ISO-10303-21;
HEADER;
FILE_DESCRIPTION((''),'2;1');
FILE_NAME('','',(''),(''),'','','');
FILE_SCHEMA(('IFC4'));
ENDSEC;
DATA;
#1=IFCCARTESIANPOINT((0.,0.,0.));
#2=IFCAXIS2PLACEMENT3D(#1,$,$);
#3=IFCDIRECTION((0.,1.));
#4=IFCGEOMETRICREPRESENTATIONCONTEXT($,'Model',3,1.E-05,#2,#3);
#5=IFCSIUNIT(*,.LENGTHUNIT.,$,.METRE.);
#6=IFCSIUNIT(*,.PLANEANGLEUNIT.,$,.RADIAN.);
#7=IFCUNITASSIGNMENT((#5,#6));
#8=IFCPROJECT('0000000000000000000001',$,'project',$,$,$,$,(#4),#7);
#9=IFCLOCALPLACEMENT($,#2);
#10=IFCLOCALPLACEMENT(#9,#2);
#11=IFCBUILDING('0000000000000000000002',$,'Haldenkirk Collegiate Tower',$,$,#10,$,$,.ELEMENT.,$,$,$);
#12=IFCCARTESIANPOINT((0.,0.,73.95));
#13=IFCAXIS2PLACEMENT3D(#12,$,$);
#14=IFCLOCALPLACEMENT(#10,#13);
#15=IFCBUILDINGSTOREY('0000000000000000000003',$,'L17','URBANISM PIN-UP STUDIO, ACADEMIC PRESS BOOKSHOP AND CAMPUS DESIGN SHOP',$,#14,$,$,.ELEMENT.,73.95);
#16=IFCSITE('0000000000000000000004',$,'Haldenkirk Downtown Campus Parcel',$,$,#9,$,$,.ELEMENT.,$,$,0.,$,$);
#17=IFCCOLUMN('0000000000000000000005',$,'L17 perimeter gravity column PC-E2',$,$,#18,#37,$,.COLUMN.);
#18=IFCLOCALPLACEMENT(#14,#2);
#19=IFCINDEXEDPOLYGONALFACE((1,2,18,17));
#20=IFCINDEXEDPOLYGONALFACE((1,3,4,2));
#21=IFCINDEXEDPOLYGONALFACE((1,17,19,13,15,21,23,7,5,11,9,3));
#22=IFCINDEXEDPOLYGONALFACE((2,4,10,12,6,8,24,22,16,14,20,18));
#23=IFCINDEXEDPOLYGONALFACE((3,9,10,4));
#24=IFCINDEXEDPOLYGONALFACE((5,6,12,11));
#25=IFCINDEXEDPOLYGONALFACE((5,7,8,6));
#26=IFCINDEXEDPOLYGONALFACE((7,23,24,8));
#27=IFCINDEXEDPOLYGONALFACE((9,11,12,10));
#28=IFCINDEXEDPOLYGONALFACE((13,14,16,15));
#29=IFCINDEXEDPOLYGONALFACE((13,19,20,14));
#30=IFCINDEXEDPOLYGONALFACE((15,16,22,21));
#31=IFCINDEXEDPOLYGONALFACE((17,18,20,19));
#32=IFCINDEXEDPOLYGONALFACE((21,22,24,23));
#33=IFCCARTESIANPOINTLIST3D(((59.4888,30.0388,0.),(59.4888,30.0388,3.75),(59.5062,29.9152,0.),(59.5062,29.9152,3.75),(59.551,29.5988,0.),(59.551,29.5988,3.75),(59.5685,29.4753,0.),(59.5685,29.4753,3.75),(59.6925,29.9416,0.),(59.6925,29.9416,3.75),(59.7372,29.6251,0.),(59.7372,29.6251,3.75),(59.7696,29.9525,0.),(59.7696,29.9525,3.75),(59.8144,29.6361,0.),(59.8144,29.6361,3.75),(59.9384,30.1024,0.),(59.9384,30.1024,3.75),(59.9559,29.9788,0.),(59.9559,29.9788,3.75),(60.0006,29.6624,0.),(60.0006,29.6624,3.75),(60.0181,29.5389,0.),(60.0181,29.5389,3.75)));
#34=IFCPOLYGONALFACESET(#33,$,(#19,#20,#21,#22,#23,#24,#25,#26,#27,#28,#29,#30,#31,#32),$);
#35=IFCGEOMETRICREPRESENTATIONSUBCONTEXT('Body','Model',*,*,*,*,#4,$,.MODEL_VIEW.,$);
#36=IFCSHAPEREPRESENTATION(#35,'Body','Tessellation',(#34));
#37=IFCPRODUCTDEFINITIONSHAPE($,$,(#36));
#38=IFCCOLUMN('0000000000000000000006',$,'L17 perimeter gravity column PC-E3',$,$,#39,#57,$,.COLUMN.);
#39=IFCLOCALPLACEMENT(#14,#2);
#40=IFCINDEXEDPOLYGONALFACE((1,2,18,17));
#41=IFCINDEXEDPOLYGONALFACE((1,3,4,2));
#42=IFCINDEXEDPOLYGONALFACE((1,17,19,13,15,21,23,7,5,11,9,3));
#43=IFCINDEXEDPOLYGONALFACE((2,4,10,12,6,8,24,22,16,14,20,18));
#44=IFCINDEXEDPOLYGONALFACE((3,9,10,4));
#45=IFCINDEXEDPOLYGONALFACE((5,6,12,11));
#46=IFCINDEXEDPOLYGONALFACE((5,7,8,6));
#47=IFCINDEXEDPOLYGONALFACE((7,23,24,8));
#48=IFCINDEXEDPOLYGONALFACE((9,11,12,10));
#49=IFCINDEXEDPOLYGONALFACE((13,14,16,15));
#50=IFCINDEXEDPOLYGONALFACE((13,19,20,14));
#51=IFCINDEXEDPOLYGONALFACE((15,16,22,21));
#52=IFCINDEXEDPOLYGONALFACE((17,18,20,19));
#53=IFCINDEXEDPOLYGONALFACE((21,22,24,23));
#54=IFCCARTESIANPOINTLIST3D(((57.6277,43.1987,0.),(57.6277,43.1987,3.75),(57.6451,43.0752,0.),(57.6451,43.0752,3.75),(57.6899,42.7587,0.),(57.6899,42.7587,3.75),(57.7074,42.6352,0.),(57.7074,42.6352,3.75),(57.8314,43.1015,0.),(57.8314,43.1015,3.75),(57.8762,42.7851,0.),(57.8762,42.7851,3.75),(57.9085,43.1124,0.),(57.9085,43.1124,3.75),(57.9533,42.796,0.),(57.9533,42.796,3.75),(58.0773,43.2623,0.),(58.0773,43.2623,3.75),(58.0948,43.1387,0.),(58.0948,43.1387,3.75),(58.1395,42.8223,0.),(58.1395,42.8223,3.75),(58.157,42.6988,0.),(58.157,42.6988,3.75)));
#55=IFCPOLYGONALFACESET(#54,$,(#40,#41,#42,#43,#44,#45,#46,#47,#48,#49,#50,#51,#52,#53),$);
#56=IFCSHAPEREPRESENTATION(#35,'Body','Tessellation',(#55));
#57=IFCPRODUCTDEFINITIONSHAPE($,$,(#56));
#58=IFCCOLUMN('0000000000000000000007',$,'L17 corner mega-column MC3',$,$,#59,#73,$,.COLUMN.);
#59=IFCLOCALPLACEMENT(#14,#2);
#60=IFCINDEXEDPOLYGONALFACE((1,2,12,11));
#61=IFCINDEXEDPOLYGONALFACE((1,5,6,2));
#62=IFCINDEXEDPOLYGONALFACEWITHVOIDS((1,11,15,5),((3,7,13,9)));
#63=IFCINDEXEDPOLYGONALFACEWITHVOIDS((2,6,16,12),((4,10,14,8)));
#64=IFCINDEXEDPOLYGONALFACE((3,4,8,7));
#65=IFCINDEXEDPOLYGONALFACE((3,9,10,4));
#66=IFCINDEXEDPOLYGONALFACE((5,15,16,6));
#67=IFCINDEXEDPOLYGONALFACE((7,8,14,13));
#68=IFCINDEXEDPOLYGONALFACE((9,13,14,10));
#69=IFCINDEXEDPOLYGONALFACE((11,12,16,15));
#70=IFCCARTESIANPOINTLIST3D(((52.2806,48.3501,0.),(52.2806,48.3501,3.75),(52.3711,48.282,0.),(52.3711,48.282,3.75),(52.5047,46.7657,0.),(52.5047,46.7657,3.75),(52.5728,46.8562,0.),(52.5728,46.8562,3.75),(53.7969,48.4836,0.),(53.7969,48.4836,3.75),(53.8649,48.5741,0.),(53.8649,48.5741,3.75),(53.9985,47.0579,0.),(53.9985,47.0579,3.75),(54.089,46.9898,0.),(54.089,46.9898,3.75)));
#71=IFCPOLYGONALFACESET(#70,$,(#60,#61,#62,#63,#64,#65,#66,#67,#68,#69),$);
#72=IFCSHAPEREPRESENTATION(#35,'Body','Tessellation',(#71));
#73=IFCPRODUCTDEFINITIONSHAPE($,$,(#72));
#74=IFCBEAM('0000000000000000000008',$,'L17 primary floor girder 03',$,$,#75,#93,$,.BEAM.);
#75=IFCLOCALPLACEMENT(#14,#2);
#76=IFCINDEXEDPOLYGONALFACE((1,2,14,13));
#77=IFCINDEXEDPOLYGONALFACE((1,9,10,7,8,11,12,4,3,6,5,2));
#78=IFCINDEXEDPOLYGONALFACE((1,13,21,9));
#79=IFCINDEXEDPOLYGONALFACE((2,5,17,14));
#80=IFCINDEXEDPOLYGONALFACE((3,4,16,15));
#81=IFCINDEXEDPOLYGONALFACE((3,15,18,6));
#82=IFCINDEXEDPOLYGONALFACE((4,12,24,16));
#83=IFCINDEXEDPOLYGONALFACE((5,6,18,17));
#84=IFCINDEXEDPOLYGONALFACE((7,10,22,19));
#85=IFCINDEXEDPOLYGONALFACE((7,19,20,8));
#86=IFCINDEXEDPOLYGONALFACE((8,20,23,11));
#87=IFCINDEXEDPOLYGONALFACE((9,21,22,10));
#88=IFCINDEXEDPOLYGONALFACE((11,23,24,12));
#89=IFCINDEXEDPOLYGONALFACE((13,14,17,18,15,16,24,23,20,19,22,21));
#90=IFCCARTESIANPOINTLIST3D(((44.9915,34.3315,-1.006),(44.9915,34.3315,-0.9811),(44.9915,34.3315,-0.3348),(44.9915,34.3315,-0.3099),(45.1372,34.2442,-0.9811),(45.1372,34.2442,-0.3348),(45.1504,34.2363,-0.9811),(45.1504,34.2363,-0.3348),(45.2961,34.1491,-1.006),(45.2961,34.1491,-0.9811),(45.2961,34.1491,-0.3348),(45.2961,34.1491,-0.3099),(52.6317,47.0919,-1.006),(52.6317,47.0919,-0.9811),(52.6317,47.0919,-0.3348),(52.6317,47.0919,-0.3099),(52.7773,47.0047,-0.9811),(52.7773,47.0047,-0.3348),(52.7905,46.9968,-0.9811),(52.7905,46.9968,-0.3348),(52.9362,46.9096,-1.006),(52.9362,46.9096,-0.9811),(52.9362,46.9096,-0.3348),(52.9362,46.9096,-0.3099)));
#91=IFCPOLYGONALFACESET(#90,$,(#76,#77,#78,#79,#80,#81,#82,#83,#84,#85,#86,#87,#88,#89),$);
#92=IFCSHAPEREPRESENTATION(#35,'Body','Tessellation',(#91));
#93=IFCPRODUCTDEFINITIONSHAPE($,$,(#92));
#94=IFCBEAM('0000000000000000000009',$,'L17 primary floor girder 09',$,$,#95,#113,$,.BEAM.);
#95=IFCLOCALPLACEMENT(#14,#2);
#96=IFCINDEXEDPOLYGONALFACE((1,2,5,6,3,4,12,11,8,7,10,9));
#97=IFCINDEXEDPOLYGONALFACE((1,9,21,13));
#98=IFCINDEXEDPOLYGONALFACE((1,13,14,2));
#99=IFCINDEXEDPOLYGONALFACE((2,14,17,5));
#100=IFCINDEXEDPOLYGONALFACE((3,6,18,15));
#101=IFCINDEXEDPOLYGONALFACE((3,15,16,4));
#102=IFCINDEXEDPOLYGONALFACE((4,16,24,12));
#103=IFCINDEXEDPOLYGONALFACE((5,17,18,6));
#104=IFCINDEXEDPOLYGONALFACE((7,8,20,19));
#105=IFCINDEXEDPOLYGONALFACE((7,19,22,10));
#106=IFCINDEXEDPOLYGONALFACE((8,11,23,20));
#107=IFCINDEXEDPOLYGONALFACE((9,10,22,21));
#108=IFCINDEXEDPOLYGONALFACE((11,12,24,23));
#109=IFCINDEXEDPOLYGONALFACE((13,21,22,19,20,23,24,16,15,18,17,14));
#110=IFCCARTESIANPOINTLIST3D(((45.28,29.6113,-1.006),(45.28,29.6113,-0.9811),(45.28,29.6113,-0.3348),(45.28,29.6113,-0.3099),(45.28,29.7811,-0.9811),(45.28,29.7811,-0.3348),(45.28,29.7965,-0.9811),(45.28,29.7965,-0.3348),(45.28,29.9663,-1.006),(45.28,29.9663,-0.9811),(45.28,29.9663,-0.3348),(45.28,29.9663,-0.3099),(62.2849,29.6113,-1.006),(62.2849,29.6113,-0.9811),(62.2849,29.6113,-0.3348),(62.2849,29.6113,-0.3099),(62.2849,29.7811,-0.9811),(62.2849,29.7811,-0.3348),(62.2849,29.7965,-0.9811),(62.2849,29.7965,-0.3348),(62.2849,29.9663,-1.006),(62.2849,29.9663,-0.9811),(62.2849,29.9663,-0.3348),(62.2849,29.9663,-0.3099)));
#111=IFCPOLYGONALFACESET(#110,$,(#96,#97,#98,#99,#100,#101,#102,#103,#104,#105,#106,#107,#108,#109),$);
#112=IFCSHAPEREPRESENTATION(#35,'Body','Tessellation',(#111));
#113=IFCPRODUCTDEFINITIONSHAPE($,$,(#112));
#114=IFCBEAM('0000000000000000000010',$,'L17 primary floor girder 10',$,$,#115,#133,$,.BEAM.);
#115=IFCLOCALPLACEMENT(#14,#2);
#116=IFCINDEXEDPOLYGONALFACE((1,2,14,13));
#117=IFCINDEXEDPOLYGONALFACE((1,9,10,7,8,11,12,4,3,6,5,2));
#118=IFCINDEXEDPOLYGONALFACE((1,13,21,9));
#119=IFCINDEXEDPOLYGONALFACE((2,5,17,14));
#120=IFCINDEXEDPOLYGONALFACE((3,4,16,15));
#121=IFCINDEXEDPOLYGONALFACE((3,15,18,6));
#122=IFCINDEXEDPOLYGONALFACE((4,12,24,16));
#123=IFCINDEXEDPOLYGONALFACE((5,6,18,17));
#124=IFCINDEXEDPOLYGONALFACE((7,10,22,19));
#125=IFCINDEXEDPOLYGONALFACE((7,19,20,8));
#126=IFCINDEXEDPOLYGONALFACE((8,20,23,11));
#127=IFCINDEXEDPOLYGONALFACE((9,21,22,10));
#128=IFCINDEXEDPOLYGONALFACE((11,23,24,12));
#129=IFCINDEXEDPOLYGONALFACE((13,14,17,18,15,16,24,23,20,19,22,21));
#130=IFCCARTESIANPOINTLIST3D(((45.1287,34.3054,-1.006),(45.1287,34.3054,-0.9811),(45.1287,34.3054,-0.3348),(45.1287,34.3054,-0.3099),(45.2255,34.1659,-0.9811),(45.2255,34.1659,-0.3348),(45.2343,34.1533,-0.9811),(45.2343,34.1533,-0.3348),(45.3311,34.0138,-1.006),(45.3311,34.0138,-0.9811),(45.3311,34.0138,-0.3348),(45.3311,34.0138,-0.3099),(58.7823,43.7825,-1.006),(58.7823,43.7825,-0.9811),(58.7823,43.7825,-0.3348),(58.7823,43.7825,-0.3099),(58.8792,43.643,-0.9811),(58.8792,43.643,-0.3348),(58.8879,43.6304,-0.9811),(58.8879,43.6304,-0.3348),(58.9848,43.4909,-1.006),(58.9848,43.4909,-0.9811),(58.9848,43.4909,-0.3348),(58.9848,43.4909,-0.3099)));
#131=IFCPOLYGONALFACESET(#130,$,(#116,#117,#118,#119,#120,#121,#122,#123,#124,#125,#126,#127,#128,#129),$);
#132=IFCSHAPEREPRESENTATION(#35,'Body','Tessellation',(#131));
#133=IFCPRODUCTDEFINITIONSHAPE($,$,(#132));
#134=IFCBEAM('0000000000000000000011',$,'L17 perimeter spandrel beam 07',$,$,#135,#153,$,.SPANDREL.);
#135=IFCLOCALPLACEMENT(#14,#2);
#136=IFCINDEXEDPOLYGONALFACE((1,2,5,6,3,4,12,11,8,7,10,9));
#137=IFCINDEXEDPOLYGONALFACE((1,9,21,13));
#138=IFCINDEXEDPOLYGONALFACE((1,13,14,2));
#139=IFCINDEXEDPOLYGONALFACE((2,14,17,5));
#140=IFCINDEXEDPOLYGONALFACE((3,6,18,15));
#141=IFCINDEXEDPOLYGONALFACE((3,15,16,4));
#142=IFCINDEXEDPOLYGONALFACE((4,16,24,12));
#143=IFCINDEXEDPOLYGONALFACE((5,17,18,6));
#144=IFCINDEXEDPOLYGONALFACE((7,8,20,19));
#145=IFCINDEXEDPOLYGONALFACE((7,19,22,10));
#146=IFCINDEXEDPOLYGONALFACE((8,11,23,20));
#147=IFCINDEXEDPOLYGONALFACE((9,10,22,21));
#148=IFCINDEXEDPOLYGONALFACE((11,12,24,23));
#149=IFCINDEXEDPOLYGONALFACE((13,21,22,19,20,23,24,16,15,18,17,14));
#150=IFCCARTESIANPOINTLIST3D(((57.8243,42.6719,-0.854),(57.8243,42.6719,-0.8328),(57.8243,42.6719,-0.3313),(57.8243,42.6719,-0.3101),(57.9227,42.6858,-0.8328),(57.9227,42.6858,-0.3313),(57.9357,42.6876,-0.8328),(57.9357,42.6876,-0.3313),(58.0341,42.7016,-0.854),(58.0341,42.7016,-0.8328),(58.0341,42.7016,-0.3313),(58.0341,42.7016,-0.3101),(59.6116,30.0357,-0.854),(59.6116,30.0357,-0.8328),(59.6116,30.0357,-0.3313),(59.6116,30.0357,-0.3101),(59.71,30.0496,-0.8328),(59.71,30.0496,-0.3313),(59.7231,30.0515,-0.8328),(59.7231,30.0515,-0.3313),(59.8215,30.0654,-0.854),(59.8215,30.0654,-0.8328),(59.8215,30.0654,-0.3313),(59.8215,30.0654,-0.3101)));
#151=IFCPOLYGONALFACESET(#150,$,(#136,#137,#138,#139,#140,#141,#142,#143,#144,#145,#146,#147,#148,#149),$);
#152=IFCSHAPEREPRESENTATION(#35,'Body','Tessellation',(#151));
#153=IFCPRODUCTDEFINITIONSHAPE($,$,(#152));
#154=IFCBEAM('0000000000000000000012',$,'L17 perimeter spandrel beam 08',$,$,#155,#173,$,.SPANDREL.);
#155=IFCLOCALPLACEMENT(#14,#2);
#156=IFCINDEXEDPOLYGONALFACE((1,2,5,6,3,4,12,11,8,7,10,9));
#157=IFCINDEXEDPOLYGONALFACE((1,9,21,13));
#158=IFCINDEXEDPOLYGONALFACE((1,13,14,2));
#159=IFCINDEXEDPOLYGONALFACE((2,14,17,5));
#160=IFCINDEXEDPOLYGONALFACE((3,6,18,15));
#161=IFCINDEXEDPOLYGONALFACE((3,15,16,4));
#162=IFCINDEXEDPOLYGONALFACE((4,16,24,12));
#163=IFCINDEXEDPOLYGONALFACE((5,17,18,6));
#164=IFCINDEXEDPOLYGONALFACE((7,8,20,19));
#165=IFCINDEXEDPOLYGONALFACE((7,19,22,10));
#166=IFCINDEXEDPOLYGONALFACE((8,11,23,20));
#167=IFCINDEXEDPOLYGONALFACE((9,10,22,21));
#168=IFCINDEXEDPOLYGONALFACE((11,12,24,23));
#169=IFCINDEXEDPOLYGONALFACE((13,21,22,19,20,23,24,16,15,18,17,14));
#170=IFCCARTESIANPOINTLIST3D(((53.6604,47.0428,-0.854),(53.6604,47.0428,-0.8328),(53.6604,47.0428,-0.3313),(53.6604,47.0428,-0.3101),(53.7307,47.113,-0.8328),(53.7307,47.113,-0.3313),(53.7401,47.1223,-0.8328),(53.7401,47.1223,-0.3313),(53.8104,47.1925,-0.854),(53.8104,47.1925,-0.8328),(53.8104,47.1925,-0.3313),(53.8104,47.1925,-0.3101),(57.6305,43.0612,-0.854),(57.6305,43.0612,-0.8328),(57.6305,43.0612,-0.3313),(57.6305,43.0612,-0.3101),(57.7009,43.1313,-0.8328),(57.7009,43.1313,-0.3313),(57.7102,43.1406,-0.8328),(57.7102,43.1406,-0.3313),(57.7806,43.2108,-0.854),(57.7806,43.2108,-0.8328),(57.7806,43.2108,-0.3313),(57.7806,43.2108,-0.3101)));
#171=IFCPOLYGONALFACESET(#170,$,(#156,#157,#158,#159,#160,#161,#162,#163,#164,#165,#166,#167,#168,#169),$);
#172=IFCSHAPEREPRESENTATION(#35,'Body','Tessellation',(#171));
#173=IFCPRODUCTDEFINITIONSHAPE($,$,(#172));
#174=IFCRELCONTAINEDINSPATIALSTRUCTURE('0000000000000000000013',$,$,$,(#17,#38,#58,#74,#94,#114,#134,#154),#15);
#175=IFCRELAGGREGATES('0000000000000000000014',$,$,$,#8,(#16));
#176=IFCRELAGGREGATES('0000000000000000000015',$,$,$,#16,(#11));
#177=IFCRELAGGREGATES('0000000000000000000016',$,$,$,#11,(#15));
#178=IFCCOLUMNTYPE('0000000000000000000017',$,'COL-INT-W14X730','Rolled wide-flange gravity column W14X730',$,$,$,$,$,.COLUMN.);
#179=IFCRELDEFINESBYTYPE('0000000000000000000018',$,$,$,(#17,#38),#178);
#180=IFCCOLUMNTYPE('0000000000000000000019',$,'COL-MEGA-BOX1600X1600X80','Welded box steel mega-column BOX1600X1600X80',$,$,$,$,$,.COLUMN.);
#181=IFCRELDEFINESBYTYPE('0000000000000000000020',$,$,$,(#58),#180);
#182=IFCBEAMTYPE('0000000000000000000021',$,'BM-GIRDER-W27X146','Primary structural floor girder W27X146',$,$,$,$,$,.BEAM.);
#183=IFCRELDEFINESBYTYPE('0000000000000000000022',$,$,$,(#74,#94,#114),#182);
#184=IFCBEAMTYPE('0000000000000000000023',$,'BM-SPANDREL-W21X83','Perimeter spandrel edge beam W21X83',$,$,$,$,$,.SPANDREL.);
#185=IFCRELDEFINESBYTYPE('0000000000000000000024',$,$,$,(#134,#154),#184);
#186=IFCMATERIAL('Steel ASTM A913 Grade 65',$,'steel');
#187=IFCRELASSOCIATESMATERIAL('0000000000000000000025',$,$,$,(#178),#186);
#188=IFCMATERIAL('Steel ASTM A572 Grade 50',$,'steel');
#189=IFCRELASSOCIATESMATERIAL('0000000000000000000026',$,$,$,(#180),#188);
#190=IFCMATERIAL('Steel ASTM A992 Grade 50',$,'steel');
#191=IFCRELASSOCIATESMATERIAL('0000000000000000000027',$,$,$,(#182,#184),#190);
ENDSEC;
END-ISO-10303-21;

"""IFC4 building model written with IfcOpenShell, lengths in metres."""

from ifc_helpers import new_model, si_unit, direction, frame, origin, origin_2d, place, context, subcontext, project, spatial, hollow_rectangle, i_section, extrude, material, material_profile, profile_set, type_object, element, save


model = new_model("IFC4")

# Units and contexts
model_context = context("Model", 3, precision=1e-05, world=origin(), true_north=direction((0.0, 1.0)))
body_context = subcontext(model_context, "Body", "Model", "MODEL_VIEW")
ifc_project = project(units=[si_unit("LENGTHUNIT", "METRE"), si_unit("PLANEANGLEUNIT", "RADIAN")], contexts=[model_context])

# Site, building, storey
site_placement = place(None, origin())
site = spatial("IfcSite", under=ifc_project, at=site_placement, Name="Haldenkirk Downtown Campus Parcel", CompositionType="ELEMENT", RefElevation=0.0)
building_placement = place(site_placement, origin())
building = spatial("IfcBuilding", under=site, at=building_placement, Name="Haldenkirk Collegiate Tower", CompositionType="ELEMENT")
storey_placement = place(building_placement, frame((0.0, 0.0, 73.95)))
storey = spatial("IfcBuildingStorey", under=building, at=storey_placement, Name="L17", Description="URBANISM PIN-UP STUDIO, ACADEMIC PRESS BOOKSHOP AND CAMPUS DESIGN SHOP", CompositionType="ELEMENT", Elevation=73.95)

# Columns
ifc_material_1 = material(Name="Steel ASTM A913 Grade 65", Category="steel")
ifc_material_profile_1 = material_profile(ifc_material_1, i_section(OverallWidth=0.4541, OverallDepth=0.5691, WebThickness=0.0779, FlangeThickness=0.1248, at=origin_2d()), Name="W14X730")
ifc_profile_set_1 = profile_set([ifc_material_profile_1], Name="Steel ASTM A913 Grade 65")
column_type_1 = type_object("IfcColumnType", Name="COL-INT-W14X730", Description="Rolled wide-flange gravity column W14X730", PredefinedType="COLUMN", material=ifc_profile_set_1)
for number, where, z_axis, x_axis, name in (
    (1, (59.7534, 29.7888, 0.0), (0.0, 0.0, 1.0), (0.990146, 0.140037, 0.0), "L17 perimeter gravity column PC-E2"),
    (2, (57.8923, 42.9487, 0.0), (0.0, 0.0, 1.0), (0.990146, 0.140037, 0.0), "L17 perimeter gravity column PC-E3"),
):
    element("IfcColumn", number, at=place(storey_placement, frame(where, z_axis=z_axis, x_axis=x_axis)), inside=storey, type_object=column_type_1, Name=name, PredefinedType="COLUMN", context=body_context, shape_type="SweptSolid", body=[
        extrude(i_section(OverallWidth=0.4541, OverallDepth=0.5691, WebThickness=0.0779, FlangeThickness=0.1248, at=origin_2d()), origin(), (0.0, 0.0, 1.0), 3.75),
    ])
ifc_material_2 = material(Name="Steel ASTM A572 Grade 50", Category="steel")
ifc_material_profile_2 = material_profile(ifc_material_2, hollow_rectangle(XDim=1.6001, YDim=1.6001, WallThickness=0.0801, at=origin_2d()), Name="BOX1600X1600X80")
ifc_profile_set_2 = profile_set([ifc_material_profile_2], Name="Steel ASTM A572 Grade 50")
column_type_2 = type_object("IfcColumnType", Name="COL-MEGA-BOX1600X1600X80", Description="Welded box steel mega-column BOX1600X1600X80", PredefinedType="COLUMN", material=ifc_profile_set_2)
column_placement = place(storey_placement, frame((53.1848, 47.6699, 0.0), z_axis=(0.0, 0.0, 1.0), x_axis=(0.990146, 0.140037, 0.0)))
element("IfcColumn", 3, at=column_placement, inside=storey, type_object=column_type_2, Name="L17 corner mega-column MC3", PredefinedType="COLUMN", context=body_context, shape_type="SweptSolid", body=[
    extrude(hollow_rectangle(XDim=1.6001, YDim=1.6001, WallThickness=0.0801, at=origin_2d()), origin(), (0.0, 0.0, 1.0), 3.75),
])

# Beams
ifc_material_3 = material(Name="Steel ASTM A992 Grade 50", Category="steel")
ifc_material_profile_3 = material_profile(ifc_material_3, i_section(OverallWidth=0.355, OverallDepth=0.696, WebThickness=0.0154, FlangeThickness=0.0249, at=origin_2d()), Name="W27X146")
ifc_profile_set_3 = profile_set([ifc_material_profile_3], Name="Steel ASTM A992 Grade 50")
beam_type_1 = type_object("IfcBeamType", Name="BM-GIRDER-W27X146", Description="Primary structural floor girder W27X146", PredefinedType="BEAM", material=ifc_profile_set_3)
beam_1_placement = place(storey_placement, frame((52.7839, 47.0007, -0.658), z_axis=(-0.513696, -0.857972, 0.0), x_axis=(0.857972, -0.513696, 0.0)))
element("IfcBeam", 4, at=beam_1_placement, inside=storey, type_object=beam_type_1, Name="L17 primary floor girder 03", PredefinedType="BEAM", context=body_context, shape_type="SweptSolid", body=[
    extrude(i_section(OverallWidth=0.355, OverallDepth=0.696, WebThickness=0.0154, FlangeThickness=0.0249, at=origin_2d()), origin(), (0.0, 0.0, 1.0), 14.8728),
])
beam_2_placement = place(storey_placement, frame((62.2849, 29.7888, -0.658), z_axis=(-1.0, 0.0, 0.0), x_axis=(0.0, -1.0, 0.0)))
element("IfcBeam", 5, at=beam_2_placement, inside=storey, type_object=beam_type_1, Name="L17 primary floor girder 09", PredefinedType="BEAM", context=body_context, shape_type="SweptSolid", body=[
    extrude(i_section(OverallWidth=0.355, OverallDepth=0.696, WebThickness=0.0154, FlangeThickness=0.0249, at=origin_2d()), origin(), (0.0, 0.0, 1.0), 17.0049),
])
beam_3_placement = place(storey_placement, frame((58.8835, 43.6367, -0.658), z_axis=(-0.821499, -0.570209, 0.0), x_axis=(0.570209, -0.821499, 0.0)))
element("IfcBeam", 6, at=beam_3_placement, inside=storey, type_object=beam_type_1, Name="L17 primary floor girder 10", PredefinedType="BEAM", context=body_context, shape_type="SweptSolid", body=[
    extrude(i_section(OverallWidth=0.355, OverallDepth=0.696, WebThickness=0.0154, FlangeThickness=0.0249, at=origin_2d()), origin(), (0.0, 0.0, 1.0), 16.6204),
])
ifc_material_profile_4 = material_profile(ifc_material_3, i_section(OverallWidth=0.2119, OverallDepth=0.5439, WebThickness=0.0132, FlangeThickness=0.0212, at=origin_2d()), Name="W21X83")
ifc_profile_set_4 = profile_set([ifc_material_profile_4], Name="Steel ASTM A992 Grade 50")
beam_type_2 = type_object("IfcBeamType", Name="BM-SPANDREL-W21X83", Description="Perimeter spandrel edge beam W21X83", PredefinedType="SPANDREL", material=ifc_profile_set_4)
beam_4_placement = place(storey_placement, frame((59.7166, 30.0505, -0.582), z_axis=(-0.140053, 0.990144, 0.0), x_axis=(-0.990144, -0.140053, 0.0)))
element("IfcBeam", 7, at=beam_4_placement, inside=storey, type_object=beam_type_2, Name="L17 perimeter spandrel beam 07", PredefinedType="SPANDREL", context=body_context, shape_type="SweptSolid", body=[
    extrude(i_section(OverallWidth=0.2119, OverallDepth=0.5439, WebThickness=0.0132, FlangeThickness=0.0212, at=origin_2d()), origin(), (0.0, 0.0, 1.0), 12.762),
])
beam_5_placement = place(storey_placement, frame((57.7056, 43.136, -0.582), z_axis=(-0.706086, 0.708126, 0.0), x_axis=(-0.708126, -0.706086, 0.0)))
element("IfcBeam", 8, at=beam_5_placement, inside=storey, type_object=beam_type_2, Name="L17 perimeter spandrel beam 08", PredefinedType="SPANDREL", context=body_context, shape_type="SweptSolid", body=[
    extrude(i_section(OverallWidth=0.2119, OverallDepth=0.5439, WebThickness=0.0132, FlangeThickness=0.0212, at=origin_2d()), origin(), (0.0, 0.0, 1.0), 5.6228),
])

save(model, "model.ifc")
